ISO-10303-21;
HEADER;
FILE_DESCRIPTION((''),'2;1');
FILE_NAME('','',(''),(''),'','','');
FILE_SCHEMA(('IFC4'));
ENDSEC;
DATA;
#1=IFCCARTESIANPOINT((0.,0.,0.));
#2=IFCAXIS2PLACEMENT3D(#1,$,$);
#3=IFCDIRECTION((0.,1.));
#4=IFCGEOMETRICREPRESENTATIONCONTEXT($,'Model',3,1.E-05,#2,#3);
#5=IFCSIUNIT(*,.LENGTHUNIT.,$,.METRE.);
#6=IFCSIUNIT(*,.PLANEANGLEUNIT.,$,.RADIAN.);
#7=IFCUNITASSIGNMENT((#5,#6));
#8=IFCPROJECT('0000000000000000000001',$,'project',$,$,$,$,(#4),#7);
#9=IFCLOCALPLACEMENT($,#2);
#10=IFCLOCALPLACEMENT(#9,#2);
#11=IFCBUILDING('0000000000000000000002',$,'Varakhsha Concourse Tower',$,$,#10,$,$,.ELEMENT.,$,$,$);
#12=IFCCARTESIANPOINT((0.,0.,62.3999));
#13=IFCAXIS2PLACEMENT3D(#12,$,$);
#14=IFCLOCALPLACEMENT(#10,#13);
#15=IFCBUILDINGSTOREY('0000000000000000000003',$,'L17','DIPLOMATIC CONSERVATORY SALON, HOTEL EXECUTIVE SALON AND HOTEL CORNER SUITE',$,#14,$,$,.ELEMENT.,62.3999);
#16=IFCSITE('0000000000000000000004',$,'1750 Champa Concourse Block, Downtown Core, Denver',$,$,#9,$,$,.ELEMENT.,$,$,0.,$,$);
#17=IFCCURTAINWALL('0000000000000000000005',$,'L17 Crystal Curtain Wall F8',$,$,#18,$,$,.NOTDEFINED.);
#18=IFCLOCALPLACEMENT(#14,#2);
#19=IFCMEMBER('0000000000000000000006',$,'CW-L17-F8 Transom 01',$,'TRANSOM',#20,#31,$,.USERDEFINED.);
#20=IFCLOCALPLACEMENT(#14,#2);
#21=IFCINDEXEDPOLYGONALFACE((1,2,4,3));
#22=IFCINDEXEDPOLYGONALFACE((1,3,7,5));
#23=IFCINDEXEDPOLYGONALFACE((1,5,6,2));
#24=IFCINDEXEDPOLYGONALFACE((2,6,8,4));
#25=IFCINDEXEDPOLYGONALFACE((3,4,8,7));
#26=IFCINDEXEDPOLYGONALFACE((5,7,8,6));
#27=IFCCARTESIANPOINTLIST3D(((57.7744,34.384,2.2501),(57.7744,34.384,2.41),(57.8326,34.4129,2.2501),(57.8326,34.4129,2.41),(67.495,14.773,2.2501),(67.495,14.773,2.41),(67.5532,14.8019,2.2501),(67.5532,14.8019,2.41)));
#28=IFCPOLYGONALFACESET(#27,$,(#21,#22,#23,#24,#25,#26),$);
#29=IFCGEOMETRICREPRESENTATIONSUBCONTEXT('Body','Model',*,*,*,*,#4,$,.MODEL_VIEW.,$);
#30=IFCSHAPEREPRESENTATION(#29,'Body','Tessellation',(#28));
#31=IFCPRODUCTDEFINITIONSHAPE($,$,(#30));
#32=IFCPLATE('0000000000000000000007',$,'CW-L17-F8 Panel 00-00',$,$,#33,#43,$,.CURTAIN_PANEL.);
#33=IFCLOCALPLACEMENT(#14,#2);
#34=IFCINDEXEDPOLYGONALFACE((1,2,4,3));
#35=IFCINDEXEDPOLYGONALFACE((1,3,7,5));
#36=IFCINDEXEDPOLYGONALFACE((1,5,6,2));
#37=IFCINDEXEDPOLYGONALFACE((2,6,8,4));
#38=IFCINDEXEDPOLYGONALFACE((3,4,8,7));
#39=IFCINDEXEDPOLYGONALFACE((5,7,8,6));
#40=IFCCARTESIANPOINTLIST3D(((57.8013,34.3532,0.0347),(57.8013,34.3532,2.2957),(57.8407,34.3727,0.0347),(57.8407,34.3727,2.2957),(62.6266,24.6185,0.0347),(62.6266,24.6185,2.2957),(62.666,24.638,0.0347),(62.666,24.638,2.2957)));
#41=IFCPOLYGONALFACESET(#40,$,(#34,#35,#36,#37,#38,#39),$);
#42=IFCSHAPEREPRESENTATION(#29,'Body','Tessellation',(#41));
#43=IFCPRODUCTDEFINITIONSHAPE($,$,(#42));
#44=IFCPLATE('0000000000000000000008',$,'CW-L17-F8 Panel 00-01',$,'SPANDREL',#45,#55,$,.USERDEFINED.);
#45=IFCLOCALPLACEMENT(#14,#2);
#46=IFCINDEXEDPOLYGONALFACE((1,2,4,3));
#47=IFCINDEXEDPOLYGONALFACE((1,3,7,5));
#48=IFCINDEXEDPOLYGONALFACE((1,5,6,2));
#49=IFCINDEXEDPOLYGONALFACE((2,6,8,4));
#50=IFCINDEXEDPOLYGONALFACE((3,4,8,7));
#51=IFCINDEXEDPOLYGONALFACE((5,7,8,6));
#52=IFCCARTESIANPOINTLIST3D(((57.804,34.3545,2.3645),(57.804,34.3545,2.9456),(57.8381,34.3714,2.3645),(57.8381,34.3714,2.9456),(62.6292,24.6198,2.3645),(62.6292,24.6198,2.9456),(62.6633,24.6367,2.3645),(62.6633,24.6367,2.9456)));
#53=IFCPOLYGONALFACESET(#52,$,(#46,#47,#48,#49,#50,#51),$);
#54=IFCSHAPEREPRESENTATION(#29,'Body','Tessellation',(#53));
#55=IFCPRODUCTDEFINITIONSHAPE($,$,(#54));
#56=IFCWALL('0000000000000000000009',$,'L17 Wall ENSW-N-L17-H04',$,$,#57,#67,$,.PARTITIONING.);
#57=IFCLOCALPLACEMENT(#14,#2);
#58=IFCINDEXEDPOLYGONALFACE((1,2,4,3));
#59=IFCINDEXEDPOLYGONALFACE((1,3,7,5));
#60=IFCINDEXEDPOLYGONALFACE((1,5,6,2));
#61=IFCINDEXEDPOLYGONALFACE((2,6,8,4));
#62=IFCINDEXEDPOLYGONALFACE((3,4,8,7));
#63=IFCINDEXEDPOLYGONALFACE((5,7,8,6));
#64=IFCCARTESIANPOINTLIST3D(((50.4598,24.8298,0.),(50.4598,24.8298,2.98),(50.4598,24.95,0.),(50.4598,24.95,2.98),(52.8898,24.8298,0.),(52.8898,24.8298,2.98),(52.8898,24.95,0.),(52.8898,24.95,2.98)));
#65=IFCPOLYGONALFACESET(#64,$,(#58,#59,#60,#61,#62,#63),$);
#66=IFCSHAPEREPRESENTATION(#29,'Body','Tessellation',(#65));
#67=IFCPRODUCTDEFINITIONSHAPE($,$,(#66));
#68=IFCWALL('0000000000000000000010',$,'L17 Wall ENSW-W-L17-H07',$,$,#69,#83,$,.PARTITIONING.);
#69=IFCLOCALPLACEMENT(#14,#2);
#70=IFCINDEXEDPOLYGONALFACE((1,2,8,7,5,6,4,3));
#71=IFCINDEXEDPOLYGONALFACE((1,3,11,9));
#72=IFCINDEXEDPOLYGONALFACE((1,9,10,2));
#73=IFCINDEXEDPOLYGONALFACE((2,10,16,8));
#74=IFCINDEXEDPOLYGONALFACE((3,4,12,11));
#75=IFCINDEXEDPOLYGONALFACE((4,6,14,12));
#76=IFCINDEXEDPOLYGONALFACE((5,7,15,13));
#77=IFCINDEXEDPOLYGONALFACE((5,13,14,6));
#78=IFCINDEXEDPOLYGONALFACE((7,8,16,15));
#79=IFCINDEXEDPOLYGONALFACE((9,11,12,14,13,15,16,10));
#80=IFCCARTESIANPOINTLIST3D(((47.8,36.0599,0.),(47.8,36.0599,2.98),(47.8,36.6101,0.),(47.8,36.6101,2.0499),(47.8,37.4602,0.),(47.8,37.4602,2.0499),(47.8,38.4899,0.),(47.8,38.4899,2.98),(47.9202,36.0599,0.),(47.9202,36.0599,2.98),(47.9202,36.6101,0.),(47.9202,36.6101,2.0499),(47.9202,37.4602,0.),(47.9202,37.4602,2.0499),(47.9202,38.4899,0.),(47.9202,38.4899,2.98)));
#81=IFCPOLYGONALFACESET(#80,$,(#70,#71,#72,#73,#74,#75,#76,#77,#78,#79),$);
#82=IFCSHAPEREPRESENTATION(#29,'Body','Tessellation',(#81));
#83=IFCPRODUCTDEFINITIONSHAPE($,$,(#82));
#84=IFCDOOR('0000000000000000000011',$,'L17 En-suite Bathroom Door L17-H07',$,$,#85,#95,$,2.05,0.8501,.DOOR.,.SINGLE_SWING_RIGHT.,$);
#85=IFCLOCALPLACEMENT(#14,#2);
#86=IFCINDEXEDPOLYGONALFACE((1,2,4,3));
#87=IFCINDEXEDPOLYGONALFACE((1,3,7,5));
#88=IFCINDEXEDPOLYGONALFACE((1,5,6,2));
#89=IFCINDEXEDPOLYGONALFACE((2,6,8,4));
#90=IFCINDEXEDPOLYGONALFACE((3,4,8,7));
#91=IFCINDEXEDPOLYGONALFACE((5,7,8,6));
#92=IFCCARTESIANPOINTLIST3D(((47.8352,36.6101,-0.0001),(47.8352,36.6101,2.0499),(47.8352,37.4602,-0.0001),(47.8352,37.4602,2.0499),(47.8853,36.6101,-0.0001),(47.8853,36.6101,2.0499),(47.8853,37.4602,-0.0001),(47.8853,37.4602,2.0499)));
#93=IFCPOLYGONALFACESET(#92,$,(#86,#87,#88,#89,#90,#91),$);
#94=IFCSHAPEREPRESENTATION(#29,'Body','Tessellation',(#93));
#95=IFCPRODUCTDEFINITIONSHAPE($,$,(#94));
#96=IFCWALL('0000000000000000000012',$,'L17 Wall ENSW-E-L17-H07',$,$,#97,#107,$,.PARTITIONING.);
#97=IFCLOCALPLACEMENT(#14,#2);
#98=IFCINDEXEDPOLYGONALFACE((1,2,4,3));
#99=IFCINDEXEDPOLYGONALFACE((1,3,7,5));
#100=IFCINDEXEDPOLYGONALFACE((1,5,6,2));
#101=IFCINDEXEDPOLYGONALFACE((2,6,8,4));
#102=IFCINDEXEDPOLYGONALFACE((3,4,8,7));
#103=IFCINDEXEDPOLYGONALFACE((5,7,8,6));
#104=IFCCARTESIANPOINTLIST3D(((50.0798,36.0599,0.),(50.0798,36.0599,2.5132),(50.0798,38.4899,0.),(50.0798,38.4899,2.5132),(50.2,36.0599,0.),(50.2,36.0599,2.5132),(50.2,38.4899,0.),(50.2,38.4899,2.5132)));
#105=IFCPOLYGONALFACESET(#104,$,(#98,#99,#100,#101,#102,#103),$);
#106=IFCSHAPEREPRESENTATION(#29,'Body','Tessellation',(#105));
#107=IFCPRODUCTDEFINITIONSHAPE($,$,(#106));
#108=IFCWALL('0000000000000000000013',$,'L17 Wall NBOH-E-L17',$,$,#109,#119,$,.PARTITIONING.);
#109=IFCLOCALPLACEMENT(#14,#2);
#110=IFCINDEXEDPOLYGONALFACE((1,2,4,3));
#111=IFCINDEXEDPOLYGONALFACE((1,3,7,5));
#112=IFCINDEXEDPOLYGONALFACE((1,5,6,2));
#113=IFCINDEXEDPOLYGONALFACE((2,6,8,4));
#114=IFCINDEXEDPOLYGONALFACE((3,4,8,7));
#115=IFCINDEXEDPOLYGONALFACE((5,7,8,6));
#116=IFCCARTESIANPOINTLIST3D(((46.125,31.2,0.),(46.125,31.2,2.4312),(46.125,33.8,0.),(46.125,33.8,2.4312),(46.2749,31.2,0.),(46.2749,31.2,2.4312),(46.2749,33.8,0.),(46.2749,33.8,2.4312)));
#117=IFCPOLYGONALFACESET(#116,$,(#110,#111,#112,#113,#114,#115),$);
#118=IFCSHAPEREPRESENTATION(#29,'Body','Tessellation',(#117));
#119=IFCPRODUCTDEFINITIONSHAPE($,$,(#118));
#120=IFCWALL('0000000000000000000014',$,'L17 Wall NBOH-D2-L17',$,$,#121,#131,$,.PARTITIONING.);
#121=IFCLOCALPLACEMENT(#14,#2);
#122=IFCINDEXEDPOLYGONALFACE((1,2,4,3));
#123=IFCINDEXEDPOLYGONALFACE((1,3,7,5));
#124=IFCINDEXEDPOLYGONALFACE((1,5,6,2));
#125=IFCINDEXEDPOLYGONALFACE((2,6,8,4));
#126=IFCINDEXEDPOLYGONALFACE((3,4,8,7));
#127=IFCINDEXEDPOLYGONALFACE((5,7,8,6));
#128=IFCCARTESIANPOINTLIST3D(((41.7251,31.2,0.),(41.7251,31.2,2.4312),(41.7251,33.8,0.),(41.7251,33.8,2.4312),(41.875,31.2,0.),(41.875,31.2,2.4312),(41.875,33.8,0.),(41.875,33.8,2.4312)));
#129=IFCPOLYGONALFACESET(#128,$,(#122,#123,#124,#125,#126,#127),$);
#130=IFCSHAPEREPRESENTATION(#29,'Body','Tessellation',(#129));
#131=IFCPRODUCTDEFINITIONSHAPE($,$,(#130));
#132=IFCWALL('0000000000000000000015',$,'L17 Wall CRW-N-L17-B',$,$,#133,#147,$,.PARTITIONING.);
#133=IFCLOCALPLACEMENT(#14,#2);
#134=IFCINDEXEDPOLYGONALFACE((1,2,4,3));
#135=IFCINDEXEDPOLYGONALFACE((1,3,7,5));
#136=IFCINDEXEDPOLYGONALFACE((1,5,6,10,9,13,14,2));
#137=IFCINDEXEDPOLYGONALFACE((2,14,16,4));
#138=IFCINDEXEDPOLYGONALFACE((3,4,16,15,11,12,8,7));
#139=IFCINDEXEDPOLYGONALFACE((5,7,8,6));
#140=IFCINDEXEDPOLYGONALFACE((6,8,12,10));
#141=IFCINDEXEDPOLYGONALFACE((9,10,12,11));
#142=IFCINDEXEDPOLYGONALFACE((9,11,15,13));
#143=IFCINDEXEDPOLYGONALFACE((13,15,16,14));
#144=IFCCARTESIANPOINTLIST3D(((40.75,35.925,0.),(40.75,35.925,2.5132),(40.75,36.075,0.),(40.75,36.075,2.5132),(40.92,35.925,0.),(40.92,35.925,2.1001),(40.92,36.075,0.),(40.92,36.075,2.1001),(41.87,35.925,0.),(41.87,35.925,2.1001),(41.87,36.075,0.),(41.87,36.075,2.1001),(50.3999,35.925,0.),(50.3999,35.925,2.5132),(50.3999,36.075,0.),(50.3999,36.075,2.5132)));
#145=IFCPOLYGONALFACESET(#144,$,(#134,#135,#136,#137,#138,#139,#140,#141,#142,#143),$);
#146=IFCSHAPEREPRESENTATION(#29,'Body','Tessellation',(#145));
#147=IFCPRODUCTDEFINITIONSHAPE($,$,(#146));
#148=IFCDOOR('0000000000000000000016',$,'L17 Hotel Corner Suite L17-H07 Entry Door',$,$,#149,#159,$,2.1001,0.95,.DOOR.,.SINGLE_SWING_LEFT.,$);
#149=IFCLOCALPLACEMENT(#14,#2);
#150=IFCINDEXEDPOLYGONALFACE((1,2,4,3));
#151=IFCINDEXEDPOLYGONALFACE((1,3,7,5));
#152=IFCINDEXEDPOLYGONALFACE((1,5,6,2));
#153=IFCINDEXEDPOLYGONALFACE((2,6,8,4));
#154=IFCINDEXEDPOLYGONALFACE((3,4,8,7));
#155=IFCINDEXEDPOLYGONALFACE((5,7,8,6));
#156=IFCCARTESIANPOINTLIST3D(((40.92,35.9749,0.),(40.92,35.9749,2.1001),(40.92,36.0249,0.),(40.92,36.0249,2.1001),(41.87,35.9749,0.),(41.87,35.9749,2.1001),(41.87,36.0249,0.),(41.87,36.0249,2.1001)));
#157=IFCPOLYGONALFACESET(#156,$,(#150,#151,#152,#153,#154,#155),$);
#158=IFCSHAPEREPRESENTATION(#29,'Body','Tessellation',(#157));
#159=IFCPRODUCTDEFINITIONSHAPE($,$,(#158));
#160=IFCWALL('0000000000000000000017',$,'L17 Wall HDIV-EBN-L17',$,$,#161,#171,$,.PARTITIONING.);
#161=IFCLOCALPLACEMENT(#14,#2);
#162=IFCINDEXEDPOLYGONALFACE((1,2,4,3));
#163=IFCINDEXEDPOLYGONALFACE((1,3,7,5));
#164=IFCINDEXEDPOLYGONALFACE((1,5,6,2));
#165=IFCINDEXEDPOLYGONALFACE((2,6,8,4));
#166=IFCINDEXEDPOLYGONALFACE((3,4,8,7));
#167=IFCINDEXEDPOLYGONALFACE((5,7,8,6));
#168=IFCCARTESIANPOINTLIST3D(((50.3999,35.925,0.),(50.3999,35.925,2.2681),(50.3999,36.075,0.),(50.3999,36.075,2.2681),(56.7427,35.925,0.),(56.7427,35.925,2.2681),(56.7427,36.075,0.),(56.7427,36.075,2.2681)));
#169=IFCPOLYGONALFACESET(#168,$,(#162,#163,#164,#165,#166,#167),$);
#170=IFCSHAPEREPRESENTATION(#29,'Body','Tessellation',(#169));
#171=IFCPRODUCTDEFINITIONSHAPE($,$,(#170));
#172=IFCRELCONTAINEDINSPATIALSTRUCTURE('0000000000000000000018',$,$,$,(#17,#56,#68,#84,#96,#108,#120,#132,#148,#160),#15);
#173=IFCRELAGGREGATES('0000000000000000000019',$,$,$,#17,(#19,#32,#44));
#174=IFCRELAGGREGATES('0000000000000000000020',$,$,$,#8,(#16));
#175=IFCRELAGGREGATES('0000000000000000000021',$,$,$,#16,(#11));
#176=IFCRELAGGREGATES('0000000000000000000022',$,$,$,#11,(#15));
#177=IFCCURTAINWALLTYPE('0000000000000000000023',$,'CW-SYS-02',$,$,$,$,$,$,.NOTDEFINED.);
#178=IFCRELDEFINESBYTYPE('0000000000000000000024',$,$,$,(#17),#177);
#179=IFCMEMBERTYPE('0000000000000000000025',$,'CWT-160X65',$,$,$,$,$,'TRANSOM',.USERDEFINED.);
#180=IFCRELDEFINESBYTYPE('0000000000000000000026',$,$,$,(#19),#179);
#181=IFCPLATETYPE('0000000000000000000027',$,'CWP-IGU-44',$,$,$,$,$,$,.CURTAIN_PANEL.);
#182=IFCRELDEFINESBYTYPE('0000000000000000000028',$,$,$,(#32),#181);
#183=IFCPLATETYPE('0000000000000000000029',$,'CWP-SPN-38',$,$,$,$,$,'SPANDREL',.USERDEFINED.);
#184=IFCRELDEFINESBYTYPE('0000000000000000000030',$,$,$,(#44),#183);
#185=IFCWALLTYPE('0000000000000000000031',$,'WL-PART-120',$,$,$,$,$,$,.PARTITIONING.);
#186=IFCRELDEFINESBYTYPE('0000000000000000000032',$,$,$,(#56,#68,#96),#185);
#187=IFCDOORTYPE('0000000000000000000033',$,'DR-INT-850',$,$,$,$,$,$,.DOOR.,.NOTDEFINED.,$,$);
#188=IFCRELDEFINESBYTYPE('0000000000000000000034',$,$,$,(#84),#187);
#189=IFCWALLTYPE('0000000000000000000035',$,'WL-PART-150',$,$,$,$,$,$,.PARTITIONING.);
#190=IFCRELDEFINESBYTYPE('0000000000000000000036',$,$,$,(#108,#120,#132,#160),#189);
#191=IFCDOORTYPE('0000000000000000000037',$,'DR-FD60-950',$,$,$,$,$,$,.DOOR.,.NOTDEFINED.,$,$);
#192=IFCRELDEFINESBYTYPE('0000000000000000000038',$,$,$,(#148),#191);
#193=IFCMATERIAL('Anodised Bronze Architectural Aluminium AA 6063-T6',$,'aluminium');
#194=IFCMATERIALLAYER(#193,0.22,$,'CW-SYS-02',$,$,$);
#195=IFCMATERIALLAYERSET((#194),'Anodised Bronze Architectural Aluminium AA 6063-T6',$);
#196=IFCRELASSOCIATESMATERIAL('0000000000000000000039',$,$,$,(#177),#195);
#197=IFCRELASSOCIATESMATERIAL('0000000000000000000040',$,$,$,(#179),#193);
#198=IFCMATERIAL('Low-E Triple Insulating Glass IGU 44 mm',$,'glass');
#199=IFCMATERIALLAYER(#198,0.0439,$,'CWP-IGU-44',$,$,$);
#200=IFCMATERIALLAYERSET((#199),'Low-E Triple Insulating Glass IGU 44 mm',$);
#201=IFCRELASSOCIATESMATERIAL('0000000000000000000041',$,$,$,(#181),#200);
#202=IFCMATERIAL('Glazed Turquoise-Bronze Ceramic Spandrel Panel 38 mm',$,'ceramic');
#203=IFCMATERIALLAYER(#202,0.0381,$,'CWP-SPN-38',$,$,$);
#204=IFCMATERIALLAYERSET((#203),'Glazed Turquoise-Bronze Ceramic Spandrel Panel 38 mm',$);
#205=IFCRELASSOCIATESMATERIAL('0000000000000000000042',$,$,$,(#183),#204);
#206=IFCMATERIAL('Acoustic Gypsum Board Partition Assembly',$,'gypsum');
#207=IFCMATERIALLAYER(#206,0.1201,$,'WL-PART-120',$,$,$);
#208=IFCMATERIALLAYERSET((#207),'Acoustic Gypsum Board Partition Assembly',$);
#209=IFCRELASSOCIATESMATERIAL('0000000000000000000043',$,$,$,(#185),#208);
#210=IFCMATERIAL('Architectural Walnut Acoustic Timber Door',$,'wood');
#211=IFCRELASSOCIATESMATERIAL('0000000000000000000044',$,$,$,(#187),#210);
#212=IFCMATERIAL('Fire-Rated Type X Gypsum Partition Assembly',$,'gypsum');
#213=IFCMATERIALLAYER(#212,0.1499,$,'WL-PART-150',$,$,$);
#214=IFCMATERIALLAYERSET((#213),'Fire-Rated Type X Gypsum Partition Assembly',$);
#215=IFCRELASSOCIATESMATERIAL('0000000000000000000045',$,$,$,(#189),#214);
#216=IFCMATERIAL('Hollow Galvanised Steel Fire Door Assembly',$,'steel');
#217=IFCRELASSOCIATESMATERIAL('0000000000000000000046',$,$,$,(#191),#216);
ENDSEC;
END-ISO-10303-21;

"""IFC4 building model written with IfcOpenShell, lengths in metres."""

from ifc_helpers import new_model, si_unit, direction, frame, frame_2d, origin, origin_2d, place, context, subcontext, project, spatial, rectangle, extrude, source, transform, mapped, material, layer, layer_set, material_profile, profile_set, type_object, type_shapes, element, fill, aggregate, save


model = new_model("IFC4")

# Units and contexts
model_context = context("Model", 3, precision=1e-05, world=origin(), true_north=direction((0.0, 1.0)))
body_context = subcontext(model_context, "Body", "Model", "MODEL_VIEW")
ifc_project = project(units=[si_unit("LENGTHUNIT", "METRE"), si_unit("PLANEANGLEUNIT", "RADIAN")], contexts=[model_context])

# Site, building, storey
site_placement = place(None, origin())
site = spatial("IfcSite", under=ifc_project, at=site_placement, Name="1750 Champa Concourse Block, Downtown Core, Denver", CompositionType="ELEMENT", RefElevation=0.0)
building_placement = place(site_placement, origin())
building = spatial("IfcBuilding", under=site, at=building_placement, Name="Varakhsha Concourse Tower", CompositionType="ELEMENT")
storey_placement = place(building_placement, frame((0.0, 0.0, 62.3999)))
storey = spatial("IfcBuildingStorey", under=building, at=storey_placement, Name="L17", Description="DIPLOMATIC CONSERVATORY SALON, HOTEL EXECUTIVE SALON AND HOTEL CORNER SUITE", CompositionType="ELEMENT", Elevation=62.3999)

# Curtain wall
ifc_material_1 = material(Name="Anodised Bronze Architectural Aluminium AA 6063-T6", Category="aluminium")
ifc_layer_1 = layer(ifc_material_1, 0.22, Name="CW-SYS-02")
ifc_layer_set_1 = layer_set([ifc_layer_1], Name="Anodised Bronze Architectural Aluminium AA 6063-T6")
curtain_wall_type = type_object("IfcCurtainWallType", Name="CW-SYS-02", PredefinedType="NOTDEFINED", material=ifc_layer_set_1)
curtain_wall_1_placement = place(storey_placement, origin())
curtain_wall_1 = element("IfcCurtainWall", 1, at=curtain_wall_1_placement, inside=storey, type_object=curtain_wall_type, Name="L17 Crystal Curtain Wall F8", PredefinedType="NOTDEFINED")

# Member
ifc_material_profile_1 = material_profile(ifc_material_1, rectangle(XDim=0.0649, YDim=0.1599, at=origin_2d()), Name="CWT-160X65")
ifc_profile_set_1 = profile_set([ifc_material_profile_1], Name="Anodised Bronze Architectural Aluminium AA 6063-T6")
member_type_1 = type_object("IfcMemberType", Name="CWT-160X65", ElementType="TRANSOM", PredefinedType="USERDEFINED", material=ifc_profile_set_1)
shared_shape_1 = source(origin(), body_context, "Body", "SweptSolid", [
    extrude(rectangle(XDim=0.0649, YDim=0.1599, at=origin_2d()), origin(), (0.0, 0.0, 1.0), 21.8879),
])
type_shapes(member_type_1, [shared_shape_1])
member_1_placement = place(storey_placement, frame((57.8035, 34.3984, 2.3301), z_axis=(0.44411, -0.895972, 0.0), x_axis=(0.895972, 0.44411, 0.0)))
member_1 = element("IfcMember", 2, at=member_1_placement, type_object=member_type_1, Name="CW-L17-F8 Transom 01", ObjectType="TRANSOM", PredefinedType="USERDEFINED", context=body_context, shape_type="MappedRepresentation", body=[
    mapped(shared_shape_1, transform((0.0, 0.0, 0.0), scale=1.0)),
])

# Plates
ifc_material_2 = material(Name="Low-E Triple Insulating Glass IGU 44 mm", Category="glass")
ifc_layer_2 = layer(ifc_material_2, 0.0439, Name="CWP-IGU-44")
ifc_layer_set_2 = layer_set([ifc_layer_2], Name="Low-E Triple Insulating Glass IGU 44 mm")
plate_type_1 = type_object("IfcPlateType", Name="CWP-IGU-44", PredefinedType="CURTAIN_PANEL", material=ifc_layer_set_2)
shared_shape_2 = source(origin(), body_context, "Body", "SweptSolid", [
    extrude(rectangle(XDim=10.865, YDim=0.0439, at=origin_2d()), origin(), (0.0, 0.0, 1.0), 2.261),
])
type_shapes(plate_type_1, [shared_shape_2])
plate_1_placement = place(storey_placement, frame((60.2336, 29.4956, 0.0347), z_axis=(0.0, 0.0, 1.0), x_axis=(0.44411, -0.895972, 0.0)))
plate_1 = element("IfcPlate", 3, at=plate_1_placement, type_object=plate_type_1, Name="CW-L17-F8 Panel 00-00", PredefinedType="CURTAIN_PANEL", context=body_context, shape_type="MappedRepresentation", body=[
    mapped(shared_shape_2, transform((0.0, 0.0, 0.0), scale=1.0)),
])
ifc_material_3 = material(Name="Glazed Turquoise-Bronze Ceramic Spandrel Panel 38 mm", Category="ceramic")
ifc_layer_3 = layer(ifc_material_3, 0.0381, Name="CWP-SPN-38")
ifc_layer_set_3 = layer_set([ifc_layer_3], Name="Glazed Turquoise-Bronze Ceramic Spandrel Panel 38 mm")
plate_type_2 = type_object("IfcPlateType", Name="CWP-SPN-38", ElementType="SPANDREL", PredefinedType="USERDEFINED", material=ifc_layer_set_3)
shared_shape_3 = source(origin(), body_context, "Body", "SweptSolid", [
    extrude(rectangle(XDim=10.865, YDim=0.0381, at=origin_2d()), origin(), (0.0, 0.0, 1.0), 0.5811),
])
type_shapes(plate_type_2, [shared_shape_3])
plate_2_placement = place(storey_placement, frame((60.2336, 29.4956, 2.3645), z_axis=(0.0, 0.0, 1.0), x_axis=(0.44411, -0.895972, 0.0)))
plate_2 = element("IfcPlate", 4, at=plate_2_placement, type_object=plate_type_2, Name="CW-L17-F8 Panel 00-01", ObjectType="SPANDREL", PredefinedType="USERDEFINED", context=body_context, shape_type="MappedRepresentation", body=[
    mapped(shared_shape_3, transform((0.0, 0.0, 0.0), scale=1.0)),
])
aggregate(curtain_wall_1, [member_1, plate_1, plate_2])

# Wall
ifc_material_4 = material(Name="Acoustic Gypsum Board Partition Assembly", Category="gypsum")
ifc_layer_4 = layer(ifc_material_4, 0.1201, Name="WL-PART-120")
ifc_layer_set_4 = layer_set([ifc_layer_4], Name="Acoustic Gypsum Board Partition Assembly")
wall_type_1 = type_object("IfcWallType", Name="WL-PART-120", PredefinedType="PARTITIONING", material=ifc_layer_set_4)
wall_1_placement = place(storey_placement, frame((50.46, 24.8899, 0.0), z_axis=(0.0, 0.0, 1.0), x_axis=(1.0, 0.0, 0.0)))
element("IfcWall", 5, at=wall_1_placement, inside=storey, type_object=wall_type_1, Name="L17 Wall ENSW-N-L17-H04", PredefinedType="PARTITIONING", context=body_context, shape_type="SweptSolid", body=[
    extrude(rectangle(XDim=2.4299, YDim=0.1201, at=frame_2d((1.2148, 0.0))), origin(), (0.0, 0.0, 1.0), 2.98),
])

# Wall, opening, door
wall_2_placement = place(storey_placement, frame((47.8601, 36.0601, 0.0), z_axis=(0.0, 0.0, 1.0), x_axis=(0.0, 1.0, 0.0)))
wall_2 = element("IfcWall", 6, at=wall_2_placement, inside=storey, type_object=wall_type_1, Name="L17 Wall ENSW-W-L17-H07", PredefinedType="PARTITIONING", context=body_context, shape_type="SweptSolid", body=[
    extrude(rectangle(XDim=2.4299, YDim=0.1201, at=frame_2d((1.2148, 0.0))), origin(), (0.0, 0.0, 1.0), 2.98),
])
opening_1_placement = place(wall_2_placement, frame((0.55, 0.0, 0.0)))
opening_1 = element("IfcOpeningElement", 7, at=opening_1_placement, cuts=wall_2, PredefinedType="OPENING", context=body_context, shape_type="SweptSolid", body=[
    extrude(rectangle(XDim=0.8501, YDim=2.05, at=frame_2d((0.425, 1.0249))), frame((0.0, 0.0701, 0.0), z_axis=(0.0, -1.0, 0.0), x_axis=(1.0, 0.0, 0.0)), (0.0, 0.0, 1.0), 0.1401),
])
ifc_material_5 = material(Name="Architectural Walnut Acoustic Timber Door", Category="wood")
door_type_1 = type_object("IfcDoorType", Name="DR-INT-850", OperationType="NOTDEFINED", PredefinedType="DOOR", material=ifc_material_5)
door_1_placement = place(opening_1_placement, origin())
door_1 = element("IfcDoor", 8, at=door_1_placement, inside=storey, type_object=door_type_1, Name="L17 En-suite Bathroom Door L17-H07", OperationType="SINGLE_SWING_RIGHT", OverallHeight=2.05, OverallWidth=0.8501, PredefinedType="DOOR", context=body_context, shape_type="SweptSolid", body=[
    extrude(rectangle(XDim=0.8501, YDim=2.05, at=frame_2d((0.425, 1.0249))), frame((0.0, 0.0249, 0.0), z_axis=(0.0, -1.0, 0.0), x_axis=(1.0, 0.0, 0.0)), (0.0, 0.0, 1.0), 0.05),
])
fill(opening_1, door_1)

# Walls
wall_3_placement = place(storey_placement, frame((50.1399, 36.0601, 0.0), z_axis=(0.0, 0.0, 1.0), x_axis=(0.0, 1.0, 0.0)))
element("IfcWall", 9, at=wall_3_placement, inside=storey, type_object=wall_type_1, Name="L17 Wall ENSW-E-L17-H07", PredefinedType="PARTITIONING", context=body_context, shape_type="SweptSolid", body=[
    extrude(rectangle(XDim=2.4299, YDim=0.1201, at=frame_2d((1.2148, 0.0))), origin(), (0.0, 0.0, 1.0), 2.5132),
])
ifc_material_6 = material(Name="Fire-Rated Type X Gypsum Partition Assembly", Category="gypsum")
ifc_layer_5 = layer(ifc_material_6, 0.1499, Name="WL-PART-150")
ifc_layer_set_5 = layer_set([ifc_layer_5], Name="Fire-Rated Type X Gypsum Partition Assembly")
wall_type_2 = type_object("IfcWallType", Name="WL-PART-150", PredefinedType="PARTITIONING", material=ifc_layer_set_5)
for number, where, z_axis, x_axis, name in (
    (10, (46.2, 31.2, 0.0), (0.0, 0.0, 1.0), (0.0, 1.0, 0.0), "L17 Wall NBOH-E-L17"),
    (11, (41.8, 31.2, 0.0), (0.0, 0.0, 1.0), (0.0, 1.0, 0.0), "L17 Wall NBOH-D2-L17"),
):
    element("IfcWall", number, at=place(storey_placement, frame(where, z_axis=z_axis, x_axis=x_axis)), inside=storey, type_object=wall_type_2, Name=name, PredefinedType="PARTITIONING", context=body_context, shape_type="SweptSolid", body=[
        extrude(rectangle(XDim=2.6001, YDim=0.1499, at=frame_2d((1.3, 0.0))), origin(), (0.0, 0.0, 1.0), 2.4312),
    ])

# Wall, opening, door
wall_4_placement = place(storey_placement, frame((40.75, 36.0, 0.0), z_axis=(0.0, 0.0, 1.0), x_axis=(1.0, 0.0, 0.0)))
wall_4 = element("IfcWall", 12, at=wall_4_placement, inside=storey, type_object=wall_type_2, Name="L17 Wall CRW-N-L17-B", PredefinedType="PARTITIONING", context=body_context, shape_type="SweptSolid", body=[
    extrude(rectangle(XDim=9.6499, YDim=0.1499, at=frame_2d((4.825, 0.0))), origin(), (0.0, 0.0, 1.0), 2.5132),
])
opening_2_placement = place(wall_4_placement, frame((0.1699, 0.0, 0.0)))
opening_2 = element("IfcOpeningElement", 13, at=opening_2_placement, cuts=wall_4, PredefinedType="OPENING", context=body_context, shape_type="SweptSolid", body=[
    extrude(rectangle(XDim=0.95, YDim=2.1001, at=frame_2d((0.4751, 1.05))), frame((0.0, 0.085, 0.0), z_axis=(0.0, -1.0, 0.0), x_axis=(1.0, 0.0, 0.0)), (0.0, 0.0, 1.0), 0.1699),
])
ifc_material_7 = material(Name="Hollow Galvanised Steel Fire Door Assembly", Category="steel")
door_type_2 = type_object("IfcDoorType", Name="DR-FD60-950", OperationType="NOTDEFINED", PredefinedType="DOOR", material=ifc_material_7)
door_2_placement = place(opening_2_placement, origin())
door_2 = element("IfcDoor", 14, at=door_2_placement, inside=storey, type_object=door_type_2, Name="L17 Hotel Corner Suite L17-H07 Entry Door", OperationType="SINGLE_SWING_LEFT", OverallHeight=2.1001, OverallWidth=0.95, PredefinedType="DOOR", context=body_context, shape_type="SweptSolid", body=[
    extrude(rectangle(XDim=0.95, YDim=2.1001, at=frame_2d((0.4751, 1.05))), frame((0.0, 0.0249, 0.0), z_axis=(0.0, -1.0, 0.0), x_axis=(1.0, 0.0, 0.0)), (0.0, 0.0, 1.0), 0.05),
])
fill(opening_2, door_2)

# Wall
wall_5_placement = place(storey_placement, frame((50.3999, 36.0, 0.0), z_axis=(0.0, 0.0, 1.0), x_axis=(1.0, 0.0, 0.0)))
element("IfcWall", 15, at=wall_5_placement, inside=storey, type_object=wall_type_2, Name="L17 Wall HDIV-EBN-L17", PredefinedType="PARTITIONING", context=body_context, shape_type="SweptSolid", body=[
    extrude(rectangle(XDim=6.3428, YDim=0.1499, at=frame_2d((3.1714, 0.0))), origin(), (0.0, 0.0, 1.0), 2.2681),
])

save(model, "model.ifc")
